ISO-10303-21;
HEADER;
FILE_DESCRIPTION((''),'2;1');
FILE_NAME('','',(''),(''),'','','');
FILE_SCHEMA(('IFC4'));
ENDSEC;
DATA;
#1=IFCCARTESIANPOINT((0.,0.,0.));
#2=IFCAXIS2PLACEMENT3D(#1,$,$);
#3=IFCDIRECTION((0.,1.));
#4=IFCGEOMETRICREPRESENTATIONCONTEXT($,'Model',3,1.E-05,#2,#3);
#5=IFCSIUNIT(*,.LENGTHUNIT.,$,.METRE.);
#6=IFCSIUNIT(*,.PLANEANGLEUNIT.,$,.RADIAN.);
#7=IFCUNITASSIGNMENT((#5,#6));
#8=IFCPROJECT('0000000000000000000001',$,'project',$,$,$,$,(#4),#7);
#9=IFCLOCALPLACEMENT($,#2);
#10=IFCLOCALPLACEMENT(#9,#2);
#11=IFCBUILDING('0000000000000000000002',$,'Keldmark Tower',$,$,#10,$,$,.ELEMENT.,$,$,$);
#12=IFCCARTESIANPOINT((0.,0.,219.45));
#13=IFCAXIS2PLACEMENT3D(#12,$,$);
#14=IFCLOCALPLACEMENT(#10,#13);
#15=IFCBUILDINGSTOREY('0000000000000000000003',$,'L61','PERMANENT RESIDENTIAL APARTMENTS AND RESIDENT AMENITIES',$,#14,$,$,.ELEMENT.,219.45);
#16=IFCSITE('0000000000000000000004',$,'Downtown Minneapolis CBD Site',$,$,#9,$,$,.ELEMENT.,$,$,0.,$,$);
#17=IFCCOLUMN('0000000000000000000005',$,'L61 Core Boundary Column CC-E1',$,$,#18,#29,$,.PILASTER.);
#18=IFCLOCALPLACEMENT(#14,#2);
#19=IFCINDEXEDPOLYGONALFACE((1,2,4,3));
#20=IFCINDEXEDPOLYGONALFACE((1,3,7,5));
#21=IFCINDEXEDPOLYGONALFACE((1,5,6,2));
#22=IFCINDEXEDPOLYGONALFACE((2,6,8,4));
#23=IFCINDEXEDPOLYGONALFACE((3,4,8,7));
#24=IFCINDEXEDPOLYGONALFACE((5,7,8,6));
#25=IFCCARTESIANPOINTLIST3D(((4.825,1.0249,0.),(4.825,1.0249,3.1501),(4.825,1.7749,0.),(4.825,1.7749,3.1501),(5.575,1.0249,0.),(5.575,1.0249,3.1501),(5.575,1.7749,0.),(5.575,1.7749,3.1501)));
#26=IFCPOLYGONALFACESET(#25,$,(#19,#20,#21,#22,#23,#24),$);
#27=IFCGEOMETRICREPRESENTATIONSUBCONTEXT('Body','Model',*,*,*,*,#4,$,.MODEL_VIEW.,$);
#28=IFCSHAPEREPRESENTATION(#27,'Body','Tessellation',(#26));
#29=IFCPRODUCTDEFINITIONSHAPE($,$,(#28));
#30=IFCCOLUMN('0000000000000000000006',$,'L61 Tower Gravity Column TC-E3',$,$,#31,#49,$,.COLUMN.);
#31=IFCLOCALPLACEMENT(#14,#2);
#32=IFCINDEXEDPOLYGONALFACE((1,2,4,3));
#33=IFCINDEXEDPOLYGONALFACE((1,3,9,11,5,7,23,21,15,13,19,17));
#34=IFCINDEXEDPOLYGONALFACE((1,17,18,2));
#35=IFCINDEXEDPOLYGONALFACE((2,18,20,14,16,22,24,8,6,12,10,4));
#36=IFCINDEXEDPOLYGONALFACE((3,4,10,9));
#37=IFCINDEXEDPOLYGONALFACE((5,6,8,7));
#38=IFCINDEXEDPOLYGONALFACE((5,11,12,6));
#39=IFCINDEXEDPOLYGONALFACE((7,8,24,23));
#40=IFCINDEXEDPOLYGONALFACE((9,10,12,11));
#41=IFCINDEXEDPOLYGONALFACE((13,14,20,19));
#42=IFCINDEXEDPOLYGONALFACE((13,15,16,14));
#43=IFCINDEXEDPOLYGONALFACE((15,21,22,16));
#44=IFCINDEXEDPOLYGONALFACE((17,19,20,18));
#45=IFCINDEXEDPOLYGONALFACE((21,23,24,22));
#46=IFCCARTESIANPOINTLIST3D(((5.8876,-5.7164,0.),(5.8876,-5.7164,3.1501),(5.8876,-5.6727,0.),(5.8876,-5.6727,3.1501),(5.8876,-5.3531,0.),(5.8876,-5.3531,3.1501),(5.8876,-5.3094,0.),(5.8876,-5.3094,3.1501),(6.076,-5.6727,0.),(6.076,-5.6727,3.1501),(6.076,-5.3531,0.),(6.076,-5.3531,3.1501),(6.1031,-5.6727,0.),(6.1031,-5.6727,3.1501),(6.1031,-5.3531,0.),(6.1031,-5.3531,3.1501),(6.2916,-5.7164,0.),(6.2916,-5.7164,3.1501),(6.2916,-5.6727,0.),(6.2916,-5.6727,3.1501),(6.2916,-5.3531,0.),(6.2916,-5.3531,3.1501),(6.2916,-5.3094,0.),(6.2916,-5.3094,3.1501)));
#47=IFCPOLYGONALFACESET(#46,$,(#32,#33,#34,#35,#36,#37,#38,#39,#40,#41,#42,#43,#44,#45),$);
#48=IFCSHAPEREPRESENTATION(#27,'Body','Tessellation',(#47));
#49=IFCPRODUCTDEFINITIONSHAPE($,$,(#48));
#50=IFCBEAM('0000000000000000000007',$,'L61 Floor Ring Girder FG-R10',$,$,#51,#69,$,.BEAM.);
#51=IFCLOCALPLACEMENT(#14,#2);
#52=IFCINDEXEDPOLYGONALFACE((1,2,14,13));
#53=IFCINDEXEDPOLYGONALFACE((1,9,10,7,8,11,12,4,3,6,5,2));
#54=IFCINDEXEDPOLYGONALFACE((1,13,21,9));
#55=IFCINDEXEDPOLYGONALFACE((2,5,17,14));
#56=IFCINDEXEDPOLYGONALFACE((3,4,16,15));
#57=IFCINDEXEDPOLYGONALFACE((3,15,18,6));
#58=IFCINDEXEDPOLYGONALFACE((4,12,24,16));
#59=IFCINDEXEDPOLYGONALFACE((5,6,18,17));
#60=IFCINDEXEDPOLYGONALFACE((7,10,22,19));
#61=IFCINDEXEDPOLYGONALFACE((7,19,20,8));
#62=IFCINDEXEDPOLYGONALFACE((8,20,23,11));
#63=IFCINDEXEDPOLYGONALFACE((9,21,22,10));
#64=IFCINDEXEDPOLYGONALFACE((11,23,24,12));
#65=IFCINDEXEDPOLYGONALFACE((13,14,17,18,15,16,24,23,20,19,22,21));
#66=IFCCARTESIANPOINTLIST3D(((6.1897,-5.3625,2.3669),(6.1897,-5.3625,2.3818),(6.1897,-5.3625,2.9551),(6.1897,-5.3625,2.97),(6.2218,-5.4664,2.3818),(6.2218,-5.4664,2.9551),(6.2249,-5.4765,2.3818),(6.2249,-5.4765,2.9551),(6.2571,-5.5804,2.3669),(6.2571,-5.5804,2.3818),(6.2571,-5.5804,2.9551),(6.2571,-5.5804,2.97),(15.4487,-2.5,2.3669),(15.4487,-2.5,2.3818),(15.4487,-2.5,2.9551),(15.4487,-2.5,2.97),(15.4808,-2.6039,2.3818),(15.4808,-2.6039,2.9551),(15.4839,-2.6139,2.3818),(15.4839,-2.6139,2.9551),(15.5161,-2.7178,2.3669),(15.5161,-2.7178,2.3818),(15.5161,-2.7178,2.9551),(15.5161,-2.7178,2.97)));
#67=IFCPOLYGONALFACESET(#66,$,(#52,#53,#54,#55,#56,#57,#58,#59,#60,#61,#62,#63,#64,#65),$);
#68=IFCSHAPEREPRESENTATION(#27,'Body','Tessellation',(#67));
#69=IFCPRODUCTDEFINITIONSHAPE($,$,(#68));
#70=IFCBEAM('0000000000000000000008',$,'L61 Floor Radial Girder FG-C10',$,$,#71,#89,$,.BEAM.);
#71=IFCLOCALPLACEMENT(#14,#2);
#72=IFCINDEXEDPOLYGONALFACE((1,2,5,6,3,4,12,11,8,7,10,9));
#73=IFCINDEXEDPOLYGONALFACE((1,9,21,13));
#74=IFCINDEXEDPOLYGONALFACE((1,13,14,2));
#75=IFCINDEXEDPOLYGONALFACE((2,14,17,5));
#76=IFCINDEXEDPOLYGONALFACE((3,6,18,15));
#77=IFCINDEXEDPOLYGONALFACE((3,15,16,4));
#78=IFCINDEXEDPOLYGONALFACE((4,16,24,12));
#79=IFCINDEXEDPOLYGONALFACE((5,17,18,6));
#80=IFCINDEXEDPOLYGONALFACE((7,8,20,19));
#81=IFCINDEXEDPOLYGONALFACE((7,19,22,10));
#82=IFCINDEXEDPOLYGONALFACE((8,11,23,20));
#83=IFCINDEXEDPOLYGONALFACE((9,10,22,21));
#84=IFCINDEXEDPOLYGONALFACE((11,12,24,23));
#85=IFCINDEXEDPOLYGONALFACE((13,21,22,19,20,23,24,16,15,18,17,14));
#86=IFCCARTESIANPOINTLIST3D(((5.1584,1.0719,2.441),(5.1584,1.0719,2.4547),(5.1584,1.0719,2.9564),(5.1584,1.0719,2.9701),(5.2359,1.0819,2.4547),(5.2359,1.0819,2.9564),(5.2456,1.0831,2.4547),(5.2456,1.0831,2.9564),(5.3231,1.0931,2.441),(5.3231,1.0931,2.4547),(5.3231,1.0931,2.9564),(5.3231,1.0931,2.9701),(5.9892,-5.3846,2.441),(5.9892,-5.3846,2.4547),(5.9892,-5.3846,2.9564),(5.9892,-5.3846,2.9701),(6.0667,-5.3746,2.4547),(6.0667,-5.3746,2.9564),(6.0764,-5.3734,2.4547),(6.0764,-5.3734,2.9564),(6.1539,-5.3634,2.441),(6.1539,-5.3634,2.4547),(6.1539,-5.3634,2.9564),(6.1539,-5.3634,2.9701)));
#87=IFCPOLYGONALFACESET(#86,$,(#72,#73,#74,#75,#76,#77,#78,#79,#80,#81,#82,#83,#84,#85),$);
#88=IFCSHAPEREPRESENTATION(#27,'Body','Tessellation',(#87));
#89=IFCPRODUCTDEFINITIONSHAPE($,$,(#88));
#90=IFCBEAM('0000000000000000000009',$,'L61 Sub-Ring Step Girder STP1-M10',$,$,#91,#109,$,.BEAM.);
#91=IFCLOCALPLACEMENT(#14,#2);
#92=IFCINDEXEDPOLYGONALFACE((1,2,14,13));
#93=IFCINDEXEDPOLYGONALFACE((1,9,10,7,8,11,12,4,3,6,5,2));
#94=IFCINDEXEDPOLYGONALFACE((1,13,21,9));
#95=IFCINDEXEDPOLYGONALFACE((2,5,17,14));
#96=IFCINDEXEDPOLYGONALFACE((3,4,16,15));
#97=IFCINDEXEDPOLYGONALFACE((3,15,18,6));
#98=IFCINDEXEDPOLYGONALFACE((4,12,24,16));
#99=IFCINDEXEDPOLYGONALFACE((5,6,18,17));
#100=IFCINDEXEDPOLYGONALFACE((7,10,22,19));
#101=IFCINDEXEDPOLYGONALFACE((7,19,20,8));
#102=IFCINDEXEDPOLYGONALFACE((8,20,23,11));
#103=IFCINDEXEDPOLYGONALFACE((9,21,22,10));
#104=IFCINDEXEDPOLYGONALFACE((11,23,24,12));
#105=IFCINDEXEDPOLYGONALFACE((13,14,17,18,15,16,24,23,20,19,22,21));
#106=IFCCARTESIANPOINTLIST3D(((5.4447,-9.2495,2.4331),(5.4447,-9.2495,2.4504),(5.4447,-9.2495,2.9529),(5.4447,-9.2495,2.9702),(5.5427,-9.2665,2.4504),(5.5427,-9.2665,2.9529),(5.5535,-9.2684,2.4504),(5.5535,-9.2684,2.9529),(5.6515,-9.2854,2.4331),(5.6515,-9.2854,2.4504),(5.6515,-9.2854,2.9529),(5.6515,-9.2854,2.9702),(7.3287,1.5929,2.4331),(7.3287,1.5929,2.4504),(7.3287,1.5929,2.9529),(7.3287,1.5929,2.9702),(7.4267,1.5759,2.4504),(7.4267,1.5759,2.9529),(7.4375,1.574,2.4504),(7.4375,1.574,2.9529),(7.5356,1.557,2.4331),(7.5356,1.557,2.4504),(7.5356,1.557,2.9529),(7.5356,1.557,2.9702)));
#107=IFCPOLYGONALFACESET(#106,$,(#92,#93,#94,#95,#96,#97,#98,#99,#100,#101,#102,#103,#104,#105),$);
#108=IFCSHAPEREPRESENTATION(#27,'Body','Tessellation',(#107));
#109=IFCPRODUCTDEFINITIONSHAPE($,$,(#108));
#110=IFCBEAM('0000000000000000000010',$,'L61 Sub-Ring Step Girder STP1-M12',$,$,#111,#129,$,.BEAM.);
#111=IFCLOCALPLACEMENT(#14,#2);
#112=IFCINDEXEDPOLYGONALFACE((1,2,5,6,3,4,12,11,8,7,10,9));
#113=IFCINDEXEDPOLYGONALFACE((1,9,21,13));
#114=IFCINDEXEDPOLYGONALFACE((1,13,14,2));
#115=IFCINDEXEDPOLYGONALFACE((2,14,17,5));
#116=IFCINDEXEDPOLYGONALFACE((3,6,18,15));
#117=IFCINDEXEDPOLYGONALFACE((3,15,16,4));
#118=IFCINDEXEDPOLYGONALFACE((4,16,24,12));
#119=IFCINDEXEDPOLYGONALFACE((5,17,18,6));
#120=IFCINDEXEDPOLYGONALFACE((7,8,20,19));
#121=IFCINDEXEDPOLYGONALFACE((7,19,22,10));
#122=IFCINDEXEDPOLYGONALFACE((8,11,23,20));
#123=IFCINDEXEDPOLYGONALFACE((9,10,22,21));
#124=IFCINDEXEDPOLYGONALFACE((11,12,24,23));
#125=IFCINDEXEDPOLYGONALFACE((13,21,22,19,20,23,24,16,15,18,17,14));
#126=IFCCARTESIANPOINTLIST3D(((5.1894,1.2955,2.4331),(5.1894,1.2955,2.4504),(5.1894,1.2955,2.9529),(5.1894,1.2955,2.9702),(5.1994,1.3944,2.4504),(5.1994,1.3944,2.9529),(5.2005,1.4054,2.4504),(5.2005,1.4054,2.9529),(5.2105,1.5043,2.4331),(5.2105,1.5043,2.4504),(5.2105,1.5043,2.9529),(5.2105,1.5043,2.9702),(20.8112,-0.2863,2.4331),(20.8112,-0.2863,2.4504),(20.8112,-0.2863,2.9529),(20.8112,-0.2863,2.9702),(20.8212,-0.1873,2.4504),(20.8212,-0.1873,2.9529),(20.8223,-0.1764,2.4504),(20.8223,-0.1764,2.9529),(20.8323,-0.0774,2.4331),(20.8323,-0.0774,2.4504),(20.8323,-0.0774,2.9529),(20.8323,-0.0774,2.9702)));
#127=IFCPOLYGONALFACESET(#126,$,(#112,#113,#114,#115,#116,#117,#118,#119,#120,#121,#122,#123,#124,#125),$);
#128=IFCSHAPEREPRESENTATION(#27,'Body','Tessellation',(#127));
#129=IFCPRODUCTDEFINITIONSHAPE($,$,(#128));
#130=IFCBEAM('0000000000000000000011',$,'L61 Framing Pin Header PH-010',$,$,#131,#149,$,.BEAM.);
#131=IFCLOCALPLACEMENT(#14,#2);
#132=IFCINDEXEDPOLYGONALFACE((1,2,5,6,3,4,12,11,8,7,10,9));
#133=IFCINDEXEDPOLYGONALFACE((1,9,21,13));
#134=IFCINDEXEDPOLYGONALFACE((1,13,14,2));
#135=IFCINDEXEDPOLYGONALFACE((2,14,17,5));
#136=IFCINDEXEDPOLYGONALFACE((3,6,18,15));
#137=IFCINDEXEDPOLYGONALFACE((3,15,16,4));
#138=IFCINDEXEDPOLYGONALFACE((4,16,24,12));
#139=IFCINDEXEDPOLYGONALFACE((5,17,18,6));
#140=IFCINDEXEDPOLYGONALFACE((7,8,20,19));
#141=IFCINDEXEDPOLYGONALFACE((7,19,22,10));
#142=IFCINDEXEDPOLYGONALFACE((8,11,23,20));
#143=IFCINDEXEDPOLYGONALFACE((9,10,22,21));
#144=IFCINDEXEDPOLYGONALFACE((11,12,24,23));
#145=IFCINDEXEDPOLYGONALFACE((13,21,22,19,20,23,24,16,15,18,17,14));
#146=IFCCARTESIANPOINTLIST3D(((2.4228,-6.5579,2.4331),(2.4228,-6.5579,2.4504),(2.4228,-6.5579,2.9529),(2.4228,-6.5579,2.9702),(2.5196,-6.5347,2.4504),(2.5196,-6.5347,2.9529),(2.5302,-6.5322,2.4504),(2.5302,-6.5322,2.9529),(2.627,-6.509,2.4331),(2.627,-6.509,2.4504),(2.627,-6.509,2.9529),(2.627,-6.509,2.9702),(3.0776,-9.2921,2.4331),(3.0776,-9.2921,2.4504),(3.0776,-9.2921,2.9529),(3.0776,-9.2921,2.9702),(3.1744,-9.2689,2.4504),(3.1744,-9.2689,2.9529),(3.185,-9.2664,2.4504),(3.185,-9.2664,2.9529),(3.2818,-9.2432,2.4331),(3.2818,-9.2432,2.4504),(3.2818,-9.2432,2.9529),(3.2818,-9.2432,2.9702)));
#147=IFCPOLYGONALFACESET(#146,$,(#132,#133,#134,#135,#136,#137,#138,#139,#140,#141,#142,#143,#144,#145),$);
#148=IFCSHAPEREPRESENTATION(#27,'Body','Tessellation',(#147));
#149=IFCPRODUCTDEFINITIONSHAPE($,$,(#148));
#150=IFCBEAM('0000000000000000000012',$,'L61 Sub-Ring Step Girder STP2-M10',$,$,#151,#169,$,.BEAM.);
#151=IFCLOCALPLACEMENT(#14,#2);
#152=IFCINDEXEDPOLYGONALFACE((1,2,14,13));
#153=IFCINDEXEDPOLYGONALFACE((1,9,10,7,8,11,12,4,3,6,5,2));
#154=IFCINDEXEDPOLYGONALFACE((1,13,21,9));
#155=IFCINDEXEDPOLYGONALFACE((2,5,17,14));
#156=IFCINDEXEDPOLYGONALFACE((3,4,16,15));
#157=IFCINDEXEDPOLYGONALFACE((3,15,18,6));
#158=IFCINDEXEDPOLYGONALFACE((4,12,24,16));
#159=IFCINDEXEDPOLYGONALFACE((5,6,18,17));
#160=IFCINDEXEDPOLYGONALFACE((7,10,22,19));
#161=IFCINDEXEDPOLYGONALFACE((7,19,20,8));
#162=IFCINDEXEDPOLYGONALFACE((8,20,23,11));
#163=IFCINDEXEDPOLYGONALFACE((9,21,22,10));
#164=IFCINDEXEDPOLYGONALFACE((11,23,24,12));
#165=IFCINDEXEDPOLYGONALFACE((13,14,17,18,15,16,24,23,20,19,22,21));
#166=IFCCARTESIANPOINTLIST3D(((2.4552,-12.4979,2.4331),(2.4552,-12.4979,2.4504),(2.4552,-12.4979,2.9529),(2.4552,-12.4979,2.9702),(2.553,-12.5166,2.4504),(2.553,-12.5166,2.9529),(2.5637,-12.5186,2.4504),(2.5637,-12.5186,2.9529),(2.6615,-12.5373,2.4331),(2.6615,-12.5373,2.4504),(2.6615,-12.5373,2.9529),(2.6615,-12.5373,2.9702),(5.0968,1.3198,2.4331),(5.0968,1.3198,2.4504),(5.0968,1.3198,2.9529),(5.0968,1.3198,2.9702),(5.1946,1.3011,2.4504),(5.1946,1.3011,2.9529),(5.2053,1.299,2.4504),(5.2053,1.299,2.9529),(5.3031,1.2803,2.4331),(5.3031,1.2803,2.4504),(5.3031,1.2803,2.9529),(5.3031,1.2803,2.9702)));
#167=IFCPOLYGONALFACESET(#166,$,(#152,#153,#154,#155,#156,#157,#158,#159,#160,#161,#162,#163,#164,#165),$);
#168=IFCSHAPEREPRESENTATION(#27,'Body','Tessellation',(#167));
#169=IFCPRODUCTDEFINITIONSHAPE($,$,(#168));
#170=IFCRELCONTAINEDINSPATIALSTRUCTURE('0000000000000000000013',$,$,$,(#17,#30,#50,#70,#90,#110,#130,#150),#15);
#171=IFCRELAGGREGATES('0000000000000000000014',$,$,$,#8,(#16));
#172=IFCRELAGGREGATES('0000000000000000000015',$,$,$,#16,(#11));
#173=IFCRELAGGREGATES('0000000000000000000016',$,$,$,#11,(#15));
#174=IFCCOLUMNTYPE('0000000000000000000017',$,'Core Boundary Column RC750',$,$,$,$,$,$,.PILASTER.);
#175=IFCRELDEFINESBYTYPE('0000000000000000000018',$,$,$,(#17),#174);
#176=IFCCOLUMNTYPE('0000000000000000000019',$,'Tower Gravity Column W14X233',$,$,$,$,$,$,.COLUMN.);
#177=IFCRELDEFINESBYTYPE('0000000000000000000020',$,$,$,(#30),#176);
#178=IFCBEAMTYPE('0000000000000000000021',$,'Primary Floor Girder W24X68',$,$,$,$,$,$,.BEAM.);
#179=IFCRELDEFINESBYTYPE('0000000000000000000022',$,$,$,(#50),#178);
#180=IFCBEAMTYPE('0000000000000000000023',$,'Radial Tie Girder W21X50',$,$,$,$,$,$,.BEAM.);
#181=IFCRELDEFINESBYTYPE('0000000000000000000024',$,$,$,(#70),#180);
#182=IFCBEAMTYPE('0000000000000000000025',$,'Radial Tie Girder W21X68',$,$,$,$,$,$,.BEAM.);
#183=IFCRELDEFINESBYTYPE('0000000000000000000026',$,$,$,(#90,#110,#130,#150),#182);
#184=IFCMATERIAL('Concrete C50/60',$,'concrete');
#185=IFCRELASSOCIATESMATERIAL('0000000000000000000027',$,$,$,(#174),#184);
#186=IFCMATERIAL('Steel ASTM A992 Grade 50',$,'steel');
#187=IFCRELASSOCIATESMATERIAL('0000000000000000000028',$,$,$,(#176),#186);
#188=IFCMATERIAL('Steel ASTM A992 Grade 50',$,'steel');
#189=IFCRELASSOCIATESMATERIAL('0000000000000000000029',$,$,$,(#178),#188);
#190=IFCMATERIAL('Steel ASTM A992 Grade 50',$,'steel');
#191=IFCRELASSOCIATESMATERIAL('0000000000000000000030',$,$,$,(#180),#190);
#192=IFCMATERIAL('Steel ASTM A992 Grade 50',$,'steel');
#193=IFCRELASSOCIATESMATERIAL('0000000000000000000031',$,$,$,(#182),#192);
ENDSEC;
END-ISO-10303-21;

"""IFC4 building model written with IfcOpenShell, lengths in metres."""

from ifc_helpers import new_model, si_unit, direction, frame, origin, origin_2d, place, context, subcontext, project, spatial, rectangle, i_section, extrude, material, material_profile, profile_set, type_object, element, save


model = new_model("IFC4")

# Units and contexts
model_context = context("Model", 3, precision=1e-05, world=origin(), true_north=direction((0.0, 1.0)))
body_context = subcontext(model_context, "Body", "Model", "MODEL_VIEW")
ifc_project = project(units=[si_unit("LENGTHUNIT", "METRE"), si_unit("PLANEANGLEUNIT", "RADIAN")], contexts=[model_context])

# Site, building, storey
site_placement = place(None, origin())
site = spatial("IfcSite", under=ifc_project, at=site_placement, Name="Downtown Minneapolis CBD Site", CompositionType="ELEMENT", RefElevation=0.0)
building_placement = place(site_placement, origin())
building = spatial("IfcBuilding", under=site, at=building_placement, Name="Keldmark Tower", CompositionType="ELEMENT")
storey_placement = place(building_placement, frame((0.0, 0.0, 219.45)))
storey = spatial("IfcBuildingStorey", under=building, at=storey_placement, Name="L61", Description="PERMANENT RESIDENTIAL APARTMENTS AND RESIDENT AMENITIES", CompositionType="ELEMENT", Elevation=219.45)

# Columns
ifc_material_1 = material(Name="Concrete C50/60", Category="concrete")
ifc_material_profile_1 = material_profile(ifc_material_1, rectangle(XDim=0.75, YDim=0.75, at=origin_2d()), Name="RC750X750")
ifc_profile_set_1 = profile_set([ifc_material_profile_1], Name="Concrete C50/60")
column_type_1 = type_object("IfcColumnType", Name="Core Boundary Column RC750", PredefinedType="PILASTER", material=ifc_profile_set_1)
column_1_placement = place(storey_placement, frame((5.2, 1.3999, 0.0), z_axis=(0.0, 0.0, 1.0), x_axis=(1.0, 0.0, 0.0)))
element("IfcColumn", 1, at=column_1_placement, inside=storey, type_object=column_type_1, Name="L61 Core Boundary Column CC-E1", PredefinedType="PILASTER", context=body_context, shape_type="SweptSolid", body=[
    extrude(rectangle(XDim=0.75, YDim=0.75, at=origin_2d()), origin(), (0.0, 0.0, 1.0), 3.1501),
])
ifc_material_2 = material(Name="Steel ASTM A992 Grade 50", Category="steel")
ifc_material_profile_2 = material_profile(ifc_material_2, i_section(OverallWidth=0.4041, OverallDepth=0.407, WebThickness=0.0271, FlangeThickness=0.0437, at=origin_2d()), Name="W14X233")
ifc_profile_set_2 = profile_set([ifc_material_profile_2], Name="Steel ASTM A992 Grade 50")
column_type_2 = type_object("IfcColumnType", Name="Tower Gravity Column W14X233", PredefinedType="COLUMN", material=ifc_profile_set_2)
column_2_placement = place(storey_placement, frame((6.0896, -5.5129, 0.0), z_axis=(0.0, 0.0, 1.0), x_axis=(1.0, 0.0, 0.0)))
element("IfcColumn", 2, at=column_2_placement, inside=storey, type_object=column_type_2, Name="L61 Tower Gravity Column TC-E3", PredefinedType="COLUMN", context=body_context, shape_type="SweptSolid", body=[
    extrude(i_section(OverallWidth=0.4041, OverallDepth=0.407, WebThickness=0.0271, FlangeThickness=0.0437, at=origin_2d()), origin(), (0.0, 0.0, 1.0), 3.1501),
])

# Beams
ifc_material_3 = material(Name="Steel ASTM A992 Grade 50", Category="steel")
ifc_material_profile_3 = material_profile(ifc_material_3, i_section(OverallWidth=0.228, OverallDepth=0.603, WebThickness=0.0105, FlangeThickness=0.0149, at=origin_2d()), Name="W24X68")
ifc_profile_set_3 = profile_set([ifc_material_profile_3], Name="Steel ASTM A992 Grade 50")
beam_type_1 = type_object("IfcBeamType", Name="Primary Floor Girder W24X68", PredefinedType="BEAM", material=ifc_profile_set_3)
beam_1_placement = place(storey_placement, frame((6.2234, -5.4714, 2.6685), z_axis=(0.955383, 0.295369, 0.0), x_axis=(-0.295369, 0.955383, 0.0)))
element("IfcBeam", 3, at=beam_1_placement, inside=storey, type_object=beam_type_1, Name="L61 Floor Ring Girder FG-R10", PredefinedType="BEAM", context=body_context, shape_type="SweptSolid", body=[
    extrude(i_section(OverallWidth=0.228, OverallDepth=0.603, WebThickness=0.0105, FlangeThickness=0.0149, at=origin_2d()), origin(), (0.0, 0.0, 1.0), 9.6914),
])
ifc_material_4 = material(Name="Steel ASTM A992 Grade 50", Category="steel")
ifc_material_profile_4 = material_profile(ifc_material_4, i_section(OverallWidth=0.166, OverallDepth=0.5291, WebThickness=0.0098, FlangeThickness=0.0137, at=origin_2d()), Name="W21X50")
ifc_profile_set_4 = profile_set([ifc_material_profile_4], Name="Steel ASTM A992 Grade 50")
beam_type_2 = type_object("IfcBeamType", Name="Radial Tie Girder W21X50", PredefinedType="BEAM", material=ifc_profile_set_4)
beam_2_placement = place(storey_placement, frame((6.0715, -5.374, 2.7056), z_axis=(-0.127625, 0.991822, 0.0), x_axis=(-0.991822, -0.127625, 0.0)))
element("IfcBeam", 4, at=beam_2_placement, inside=storey, type_object=beam_type_2, Name="L61 Floor Radial Girder FG-C10", PredefinedType="BEAM", context=body_context, shape_type="SweptSolid", body=[
    extrude(i_section(OverallWidth=0.166, OverallDepth=0.5291, WebThickness=0.0098, FlangeThickness=0.0137, at=origin_2d()), origin(), (0.0, 0.0, 1.0), 6.5098),
])
ifc_material_5 = material(Name="Steel ASTM A992 Grade 50", Category="steel")
ifc_material_profile_5 = material_profile(ifc_material_5, i_section(OverallWidth=0.21, OverallDepth=0.5371, WebThickness=0.011, FlangeThickness=0.0173, at=origin_2d()), Name="W21X68")
ifc_profile_set_5 = profile_set([ifc_material_profile_5], Name="Steel ASTM A992 Grade 50")
beam_type_3 = type_object("IfcBeamType", Name="Radial Tie Girder W21X68", PredefinedType="BEAM", material=ifc_profile_set_5)
beam_3_placement = place(storey_placement, frame((7.4321, 1.575, 2.7017), z_axis=(-0.171198, -0.985237, 0.0), x_axis=(0.985237, -0.171198, 0.0)))
element("IfcBeam", 5, at=beam_3_placement, inside=storey, type_object=beam_type_3, Name="L61 Sub-Ring Step Girder STP1-M10", PredefinedType="BEAM", context=body_context, shape_type="SweptSolid", body=[
    extrude(i_section(OverallWidth=0.21, OverallDepth=0.5371, WebThickness=0.011, FlangeThickness=0.0173, at=origin_2d()), origin(), (0.0, 0.0, 1.0), 11.0049),
])
beam_4_placement = place(storey_placement, frame((5.2, 1.3999, 2.7017), z_axis=(0.994913, -0.10074, 0.0), x_axis=(0.10074, 0.994913, 0.0)))
element("IfcBeam", 6, at=beam_4_placement, inside=storey, type_object=beam_type_3, Name="L61 Sub-Ring Step Girder STP1-M12", PredefinedType="BEAM", context=body_context, shape_type="SweptSolid", body=[
    extrude(i_section(OverallWidth=0.21, OverallDepth=0.5371, WebThickness=0.011, FlangeThickness=0.0173, at=origin_2d()), origin(), (0.0, 0.0, 1.0), 15.7017),
])
beam_5_placement = place(storey_placement, frame((2.5249, -6.5334, 2.7017), z_axis=(0.2329, -0.972501, 0.0), x_axis=(0.972501, 0.2329, 0.0)))
element("IfcBeam", 7, at=beam_5_placement, inside=storey, type_object=beam_type_3, Name="L61 Framing Pin Header PH-010", PredefinedType="BEAM", context=body_context, shape_type="SweptSolid", body=[
    extrude(i_section(OverallWidth=0.21, OverallDepth=0.5371, WebThickness=0.011, FlangeThickness=0.0173, at=origin_2d()), origin(), (0.0, 0.0, 1.0), 2.8115),
])
beam_6_placement = place(storey_placement, frame((5.2, 1.3, 2.7017), z_axis=(-0.187776, -0.982212, 0.0), x_axis=(0.982212, -0.187776, 0.0)))
element("IfcBeam", 8, at=beam_6_placement, inside=storey, type_object=beam_type_3, Name="L61 Sub-Ring Step Girder STP2-M10", PredefinedType="BEAM", context=body_context, shape_type="SweptSolid", body=[
    extrude(i_section(OverallWidth=0.21, OverallDepth=0.5371, WebThickness=0.011, FlangeThickness=0.0173, at=origin_2d()), origin(), (0.0, 0.0, 1.0), 14.0679),
])

save(model, "model.ifc")
